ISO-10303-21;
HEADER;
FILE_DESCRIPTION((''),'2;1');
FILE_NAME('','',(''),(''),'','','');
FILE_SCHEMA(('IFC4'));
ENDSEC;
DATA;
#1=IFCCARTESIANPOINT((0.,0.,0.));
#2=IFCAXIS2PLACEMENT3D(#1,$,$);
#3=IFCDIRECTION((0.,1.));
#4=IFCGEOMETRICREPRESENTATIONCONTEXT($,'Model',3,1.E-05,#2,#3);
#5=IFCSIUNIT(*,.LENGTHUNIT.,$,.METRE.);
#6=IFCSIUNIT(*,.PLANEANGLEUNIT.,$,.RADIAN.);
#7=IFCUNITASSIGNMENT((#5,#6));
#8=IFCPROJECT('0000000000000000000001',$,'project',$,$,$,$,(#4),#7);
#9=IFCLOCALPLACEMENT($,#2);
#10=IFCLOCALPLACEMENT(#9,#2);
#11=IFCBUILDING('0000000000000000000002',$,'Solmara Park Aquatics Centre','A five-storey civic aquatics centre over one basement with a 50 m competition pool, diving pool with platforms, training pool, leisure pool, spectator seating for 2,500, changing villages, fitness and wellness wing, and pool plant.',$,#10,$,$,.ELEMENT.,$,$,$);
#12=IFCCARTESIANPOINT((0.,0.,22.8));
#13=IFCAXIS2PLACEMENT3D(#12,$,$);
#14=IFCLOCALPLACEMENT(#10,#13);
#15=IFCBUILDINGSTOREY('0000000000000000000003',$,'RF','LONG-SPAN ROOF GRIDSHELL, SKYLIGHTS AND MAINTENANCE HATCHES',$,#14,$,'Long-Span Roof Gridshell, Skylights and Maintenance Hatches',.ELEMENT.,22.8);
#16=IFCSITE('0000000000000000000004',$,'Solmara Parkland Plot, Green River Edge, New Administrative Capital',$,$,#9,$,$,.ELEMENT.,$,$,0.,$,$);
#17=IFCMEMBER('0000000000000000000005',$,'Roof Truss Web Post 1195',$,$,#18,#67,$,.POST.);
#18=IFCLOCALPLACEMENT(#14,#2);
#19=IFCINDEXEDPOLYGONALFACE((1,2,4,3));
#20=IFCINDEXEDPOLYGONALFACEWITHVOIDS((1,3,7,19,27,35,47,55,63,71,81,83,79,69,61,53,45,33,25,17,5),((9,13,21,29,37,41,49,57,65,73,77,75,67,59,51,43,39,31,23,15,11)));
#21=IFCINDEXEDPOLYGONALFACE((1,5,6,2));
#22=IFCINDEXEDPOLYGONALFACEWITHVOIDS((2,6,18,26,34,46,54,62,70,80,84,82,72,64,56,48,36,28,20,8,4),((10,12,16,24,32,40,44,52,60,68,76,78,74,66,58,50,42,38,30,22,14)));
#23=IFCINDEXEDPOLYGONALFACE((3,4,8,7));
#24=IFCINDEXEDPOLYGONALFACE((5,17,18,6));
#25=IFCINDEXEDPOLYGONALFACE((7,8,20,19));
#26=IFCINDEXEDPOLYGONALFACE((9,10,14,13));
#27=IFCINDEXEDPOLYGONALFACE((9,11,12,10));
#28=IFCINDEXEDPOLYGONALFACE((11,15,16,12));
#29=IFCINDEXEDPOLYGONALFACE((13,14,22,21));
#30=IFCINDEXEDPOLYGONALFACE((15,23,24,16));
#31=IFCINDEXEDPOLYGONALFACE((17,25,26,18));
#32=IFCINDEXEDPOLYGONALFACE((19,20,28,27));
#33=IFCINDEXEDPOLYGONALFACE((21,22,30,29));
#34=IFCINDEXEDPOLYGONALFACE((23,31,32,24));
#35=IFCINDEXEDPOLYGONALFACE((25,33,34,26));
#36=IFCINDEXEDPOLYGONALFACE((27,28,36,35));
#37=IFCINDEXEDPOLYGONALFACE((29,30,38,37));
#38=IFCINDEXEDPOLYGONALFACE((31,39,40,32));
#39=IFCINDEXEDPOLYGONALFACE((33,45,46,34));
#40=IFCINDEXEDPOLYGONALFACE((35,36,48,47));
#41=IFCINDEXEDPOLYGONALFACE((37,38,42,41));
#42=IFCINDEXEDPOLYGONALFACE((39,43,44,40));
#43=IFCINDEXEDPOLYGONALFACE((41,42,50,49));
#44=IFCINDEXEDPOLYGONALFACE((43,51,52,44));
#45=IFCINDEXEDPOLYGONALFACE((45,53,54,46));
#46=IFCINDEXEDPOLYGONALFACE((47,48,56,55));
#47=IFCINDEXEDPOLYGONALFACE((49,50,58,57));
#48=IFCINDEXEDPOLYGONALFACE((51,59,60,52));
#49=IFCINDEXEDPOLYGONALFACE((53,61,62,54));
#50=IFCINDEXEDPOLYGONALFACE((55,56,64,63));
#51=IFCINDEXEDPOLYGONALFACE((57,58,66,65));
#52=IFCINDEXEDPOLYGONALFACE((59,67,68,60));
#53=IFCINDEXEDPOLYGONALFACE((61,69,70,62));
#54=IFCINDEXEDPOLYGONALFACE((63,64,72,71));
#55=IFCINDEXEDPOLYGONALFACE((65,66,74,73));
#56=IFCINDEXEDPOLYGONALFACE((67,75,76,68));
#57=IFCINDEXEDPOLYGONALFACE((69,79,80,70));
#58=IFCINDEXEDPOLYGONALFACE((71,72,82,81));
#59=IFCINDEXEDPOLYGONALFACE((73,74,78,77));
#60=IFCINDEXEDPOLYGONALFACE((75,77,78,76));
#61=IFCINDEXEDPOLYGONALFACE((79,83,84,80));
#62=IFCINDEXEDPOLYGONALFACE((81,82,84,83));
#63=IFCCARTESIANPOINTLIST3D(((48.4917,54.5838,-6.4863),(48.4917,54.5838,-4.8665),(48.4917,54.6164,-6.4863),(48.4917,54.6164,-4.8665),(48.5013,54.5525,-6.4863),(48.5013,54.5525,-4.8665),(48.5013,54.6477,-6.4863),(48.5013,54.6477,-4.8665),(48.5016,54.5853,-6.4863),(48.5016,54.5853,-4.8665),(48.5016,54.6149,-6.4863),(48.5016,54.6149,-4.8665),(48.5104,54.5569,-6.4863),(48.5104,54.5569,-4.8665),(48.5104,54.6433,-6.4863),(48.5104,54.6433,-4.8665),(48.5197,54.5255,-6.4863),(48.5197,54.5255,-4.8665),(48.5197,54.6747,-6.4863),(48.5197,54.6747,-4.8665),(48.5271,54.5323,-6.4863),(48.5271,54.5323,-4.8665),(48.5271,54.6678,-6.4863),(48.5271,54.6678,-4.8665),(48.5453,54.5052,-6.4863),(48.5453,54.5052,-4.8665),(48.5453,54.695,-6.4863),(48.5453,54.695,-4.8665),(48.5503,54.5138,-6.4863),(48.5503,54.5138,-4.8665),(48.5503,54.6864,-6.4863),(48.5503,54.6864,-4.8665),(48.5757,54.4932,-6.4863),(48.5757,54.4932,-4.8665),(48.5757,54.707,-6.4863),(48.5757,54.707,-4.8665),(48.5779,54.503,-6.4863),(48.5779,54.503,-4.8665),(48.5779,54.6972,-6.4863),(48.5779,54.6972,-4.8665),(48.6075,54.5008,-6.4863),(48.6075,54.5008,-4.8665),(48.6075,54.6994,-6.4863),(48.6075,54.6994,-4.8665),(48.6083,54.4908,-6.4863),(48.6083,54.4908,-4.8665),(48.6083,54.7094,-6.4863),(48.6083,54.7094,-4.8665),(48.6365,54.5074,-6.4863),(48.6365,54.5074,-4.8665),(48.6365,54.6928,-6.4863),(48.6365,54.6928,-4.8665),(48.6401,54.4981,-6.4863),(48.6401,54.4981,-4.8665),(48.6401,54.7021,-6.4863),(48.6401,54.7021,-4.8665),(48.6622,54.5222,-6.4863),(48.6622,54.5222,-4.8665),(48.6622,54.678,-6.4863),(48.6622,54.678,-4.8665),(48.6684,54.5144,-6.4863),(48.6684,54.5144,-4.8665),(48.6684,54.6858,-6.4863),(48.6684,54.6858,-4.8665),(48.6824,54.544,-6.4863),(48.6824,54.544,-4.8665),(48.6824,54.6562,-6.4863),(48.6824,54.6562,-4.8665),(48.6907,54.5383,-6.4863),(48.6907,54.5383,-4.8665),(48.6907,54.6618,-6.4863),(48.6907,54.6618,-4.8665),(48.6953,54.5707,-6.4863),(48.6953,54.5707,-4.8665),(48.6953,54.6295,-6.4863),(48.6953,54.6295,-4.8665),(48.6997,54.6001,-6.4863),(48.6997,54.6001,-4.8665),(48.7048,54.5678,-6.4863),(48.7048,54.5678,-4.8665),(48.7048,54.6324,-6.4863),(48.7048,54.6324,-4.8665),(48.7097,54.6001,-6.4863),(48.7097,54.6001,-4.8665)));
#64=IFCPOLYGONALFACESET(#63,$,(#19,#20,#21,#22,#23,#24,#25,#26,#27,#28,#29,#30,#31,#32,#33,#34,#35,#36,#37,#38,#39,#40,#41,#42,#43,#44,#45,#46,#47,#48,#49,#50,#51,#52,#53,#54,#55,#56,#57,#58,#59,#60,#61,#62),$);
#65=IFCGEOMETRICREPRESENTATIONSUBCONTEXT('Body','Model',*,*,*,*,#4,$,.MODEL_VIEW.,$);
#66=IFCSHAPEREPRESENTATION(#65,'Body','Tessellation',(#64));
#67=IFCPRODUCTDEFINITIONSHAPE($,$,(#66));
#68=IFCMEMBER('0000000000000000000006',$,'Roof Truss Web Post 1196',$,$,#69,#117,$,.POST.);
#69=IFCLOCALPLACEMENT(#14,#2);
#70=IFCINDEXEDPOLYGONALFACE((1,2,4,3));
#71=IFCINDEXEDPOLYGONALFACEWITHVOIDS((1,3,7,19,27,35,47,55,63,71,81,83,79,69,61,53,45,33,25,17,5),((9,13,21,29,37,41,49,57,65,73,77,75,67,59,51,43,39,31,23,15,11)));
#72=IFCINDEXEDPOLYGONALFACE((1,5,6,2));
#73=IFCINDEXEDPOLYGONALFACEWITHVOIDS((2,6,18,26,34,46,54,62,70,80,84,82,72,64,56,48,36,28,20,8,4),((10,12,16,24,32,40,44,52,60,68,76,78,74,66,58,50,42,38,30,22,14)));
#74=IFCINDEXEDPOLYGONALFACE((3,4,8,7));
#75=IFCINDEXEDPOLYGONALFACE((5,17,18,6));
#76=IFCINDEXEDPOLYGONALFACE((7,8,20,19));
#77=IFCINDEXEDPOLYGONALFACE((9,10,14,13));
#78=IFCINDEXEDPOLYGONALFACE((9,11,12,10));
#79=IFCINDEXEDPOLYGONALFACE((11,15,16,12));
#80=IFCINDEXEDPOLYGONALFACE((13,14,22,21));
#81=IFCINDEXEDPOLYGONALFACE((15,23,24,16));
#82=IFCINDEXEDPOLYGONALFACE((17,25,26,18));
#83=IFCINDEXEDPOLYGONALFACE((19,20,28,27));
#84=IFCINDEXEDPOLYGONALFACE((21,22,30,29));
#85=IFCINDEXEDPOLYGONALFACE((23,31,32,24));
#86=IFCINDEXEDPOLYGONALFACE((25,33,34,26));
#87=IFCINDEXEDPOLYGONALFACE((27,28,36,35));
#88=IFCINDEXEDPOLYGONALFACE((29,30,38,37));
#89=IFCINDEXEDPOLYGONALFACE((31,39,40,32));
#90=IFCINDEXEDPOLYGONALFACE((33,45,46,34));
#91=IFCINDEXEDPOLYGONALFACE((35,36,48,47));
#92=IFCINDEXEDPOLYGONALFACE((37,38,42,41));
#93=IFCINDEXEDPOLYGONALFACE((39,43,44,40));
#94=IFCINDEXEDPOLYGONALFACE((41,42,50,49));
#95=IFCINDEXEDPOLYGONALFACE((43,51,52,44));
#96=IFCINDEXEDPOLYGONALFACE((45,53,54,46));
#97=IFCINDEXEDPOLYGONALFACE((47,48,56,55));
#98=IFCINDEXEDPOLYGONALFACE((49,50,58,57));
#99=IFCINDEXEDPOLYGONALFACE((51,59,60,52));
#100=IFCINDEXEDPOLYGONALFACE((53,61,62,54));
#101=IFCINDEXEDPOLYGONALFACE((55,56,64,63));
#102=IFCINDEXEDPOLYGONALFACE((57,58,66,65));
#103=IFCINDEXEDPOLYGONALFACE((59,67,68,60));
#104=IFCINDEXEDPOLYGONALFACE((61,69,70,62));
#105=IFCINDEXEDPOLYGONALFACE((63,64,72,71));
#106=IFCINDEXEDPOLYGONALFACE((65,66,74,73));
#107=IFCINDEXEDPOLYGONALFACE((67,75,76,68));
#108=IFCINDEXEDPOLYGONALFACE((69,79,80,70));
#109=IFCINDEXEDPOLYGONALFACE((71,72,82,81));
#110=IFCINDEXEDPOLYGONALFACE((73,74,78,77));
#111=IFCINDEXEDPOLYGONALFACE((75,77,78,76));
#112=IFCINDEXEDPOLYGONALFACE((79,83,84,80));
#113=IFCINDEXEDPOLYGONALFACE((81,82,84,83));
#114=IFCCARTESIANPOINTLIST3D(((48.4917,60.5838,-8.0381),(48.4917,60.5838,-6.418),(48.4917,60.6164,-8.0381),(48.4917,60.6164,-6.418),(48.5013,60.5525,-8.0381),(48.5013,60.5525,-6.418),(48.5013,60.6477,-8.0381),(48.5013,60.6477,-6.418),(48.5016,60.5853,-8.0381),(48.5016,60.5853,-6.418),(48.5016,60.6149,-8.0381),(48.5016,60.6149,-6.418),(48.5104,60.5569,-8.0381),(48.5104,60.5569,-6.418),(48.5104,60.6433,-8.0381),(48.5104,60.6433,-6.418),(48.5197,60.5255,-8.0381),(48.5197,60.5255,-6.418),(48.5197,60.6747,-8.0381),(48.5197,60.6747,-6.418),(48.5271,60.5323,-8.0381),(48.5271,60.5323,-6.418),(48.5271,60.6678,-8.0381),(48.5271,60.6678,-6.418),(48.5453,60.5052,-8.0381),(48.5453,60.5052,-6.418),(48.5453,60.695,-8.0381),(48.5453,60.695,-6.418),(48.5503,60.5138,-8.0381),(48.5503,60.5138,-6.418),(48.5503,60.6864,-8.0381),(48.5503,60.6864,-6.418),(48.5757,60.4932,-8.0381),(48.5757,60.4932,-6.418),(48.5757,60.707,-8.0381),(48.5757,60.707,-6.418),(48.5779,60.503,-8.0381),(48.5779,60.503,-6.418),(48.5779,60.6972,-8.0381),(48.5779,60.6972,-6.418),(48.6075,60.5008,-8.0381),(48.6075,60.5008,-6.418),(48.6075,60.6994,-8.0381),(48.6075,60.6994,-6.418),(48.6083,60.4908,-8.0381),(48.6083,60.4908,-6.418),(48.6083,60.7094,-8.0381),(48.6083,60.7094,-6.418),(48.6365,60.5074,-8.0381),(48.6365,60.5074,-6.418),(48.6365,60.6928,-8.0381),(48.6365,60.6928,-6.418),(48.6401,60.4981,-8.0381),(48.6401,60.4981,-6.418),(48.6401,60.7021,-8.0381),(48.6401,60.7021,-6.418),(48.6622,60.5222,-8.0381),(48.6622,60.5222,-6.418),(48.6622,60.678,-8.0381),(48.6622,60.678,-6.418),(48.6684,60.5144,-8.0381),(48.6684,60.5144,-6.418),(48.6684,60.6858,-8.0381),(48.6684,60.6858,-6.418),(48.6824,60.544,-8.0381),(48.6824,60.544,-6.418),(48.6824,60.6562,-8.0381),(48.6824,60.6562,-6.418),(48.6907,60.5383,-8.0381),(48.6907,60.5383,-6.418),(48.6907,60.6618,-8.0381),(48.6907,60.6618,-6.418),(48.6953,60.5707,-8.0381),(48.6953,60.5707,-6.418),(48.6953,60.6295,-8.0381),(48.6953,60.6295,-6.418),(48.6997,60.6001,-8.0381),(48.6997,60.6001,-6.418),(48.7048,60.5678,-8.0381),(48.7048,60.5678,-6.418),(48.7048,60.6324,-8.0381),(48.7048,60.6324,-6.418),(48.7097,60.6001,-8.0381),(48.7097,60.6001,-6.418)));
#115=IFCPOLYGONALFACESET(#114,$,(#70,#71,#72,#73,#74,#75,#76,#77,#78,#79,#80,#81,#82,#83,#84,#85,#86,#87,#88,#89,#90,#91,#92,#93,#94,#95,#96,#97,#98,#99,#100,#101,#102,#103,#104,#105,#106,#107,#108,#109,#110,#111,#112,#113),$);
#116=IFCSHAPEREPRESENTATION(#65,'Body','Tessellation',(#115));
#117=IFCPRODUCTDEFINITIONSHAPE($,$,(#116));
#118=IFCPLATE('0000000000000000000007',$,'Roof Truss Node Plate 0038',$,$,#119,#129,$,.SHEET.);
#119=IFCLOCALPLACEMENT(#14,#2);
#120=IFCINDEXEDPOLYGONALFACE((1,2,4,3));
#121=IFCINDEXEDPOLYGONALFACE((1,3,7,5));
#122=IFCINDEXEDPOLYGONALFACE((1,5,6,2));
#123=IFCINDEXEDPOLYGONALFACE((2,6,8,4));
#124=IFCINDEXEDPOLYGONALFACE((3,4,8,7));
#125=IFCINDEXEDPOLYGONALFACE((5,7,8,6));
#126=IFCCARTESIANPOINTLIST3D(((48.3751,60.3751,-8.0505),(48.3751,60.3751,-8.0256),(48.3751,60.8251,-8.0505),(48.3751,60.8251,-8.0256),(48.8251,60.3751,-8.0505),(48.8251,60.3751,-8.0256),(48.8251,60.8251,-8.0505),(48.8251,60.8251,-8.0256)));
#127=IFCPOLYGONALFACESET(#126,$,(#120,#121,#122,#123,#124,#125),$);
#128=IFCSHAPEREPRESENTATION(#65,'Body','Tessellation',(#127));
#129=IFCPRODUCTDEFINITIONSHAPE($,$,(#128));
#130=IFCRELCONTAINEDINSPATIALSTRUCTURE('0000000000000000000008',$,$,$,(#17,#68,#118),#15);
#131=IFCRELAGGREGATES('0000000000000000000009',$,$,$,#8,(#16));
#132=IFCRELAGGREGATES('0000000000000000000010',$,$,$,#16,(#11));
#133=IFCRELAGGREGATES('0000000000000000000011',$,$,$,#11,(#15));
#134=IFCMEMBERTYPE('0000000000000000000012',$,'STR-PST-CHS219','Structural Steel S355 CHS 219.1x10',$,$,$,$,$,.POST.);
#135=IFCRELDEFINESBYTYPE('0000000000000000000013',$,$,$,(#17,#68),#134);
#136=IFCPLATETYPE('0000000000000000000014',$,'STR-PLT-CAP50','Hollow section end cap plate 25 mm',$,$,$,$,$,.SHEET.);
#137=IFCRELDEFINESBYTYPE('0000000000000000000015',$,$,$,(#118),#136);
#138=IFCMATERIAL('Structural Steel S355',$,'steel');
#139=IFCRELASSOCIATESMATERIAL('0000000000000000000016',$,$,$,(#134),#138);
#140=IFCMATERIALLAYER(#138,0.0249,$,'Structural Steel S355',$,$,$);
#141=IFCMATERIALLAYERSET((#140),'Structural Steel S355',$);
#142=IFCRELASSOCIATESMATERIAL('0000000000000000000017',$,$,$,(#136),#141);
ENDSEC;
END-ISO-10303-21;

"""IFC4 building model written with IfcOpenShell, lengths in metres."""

from ifc_helpers import new_model, si_unit, direction, frame, origin, origin_2d, place, context, subcontext, project, spatial, rectangle, hollow_circle, extrude, material, layer, layer_set, material_profile, profile_set, type_object, element, save


model = new_model("IFC4")

# Units and contexts
model_context = context("Model", 3, precision=1e-05, world=origin(), true_north=direction((0.0, 1.0)))
body_context = subcontext(model_context, "Body", "Model", "MODEL_VIEW")
ifc_project = project(units=[si_unit("LENGTHUNIT", "METRE"), si_unit("PLANEANGLEUNIT", "RADIAN")], contexts=[model_context])

# Site, building, storey
site_placement = place(None, origin())
site = spatial("IfcSite", under=ifc_project, at=site_placement, Name="Solmara Parkland Plot, Green River Edge, New Administrative Capital", CompositionType="ELEMENT", RefElevation=0.0)
building_placement = place(site_placement, origin())
building = spatial("IfcBuilding", under=site, at=building_placement, Name="Solmara Park Aquatics Centre", Description="A five-storey civic aquatics centre over one basement with a 50 m competition pool, diving pool with platforms, training pool, leisure pool, spectator seating for 2,500, changing villages, fitness and wellness wing, and pool plant.", CompositionType="ELEMENT")
storey_placement = place(building_placement, frame((0.0, 0.0, 22.8)))
storey = spatial("IfcBuildingStorey", under=building, at=storey_placement, Name="RF", Description="LONG-SPAN ROOF GRIDSHELL, SKYLIGHTS AND MAINTENANCE HATCHES", LongName="Long-Span Roof Gridshell, Skylights and Maintenance Hatches", CompositionType="ELEMENT", Elevation=22.8)

# Members
ifc_material_1 = material(Name="Structural Steel S355", Category="steel")
ifc_material_profile_1 = material_profile(ifc_material_1, hollow_circle(Radius=0.1096, WallThickness=0.01, at=origin_2d()), Name="CHS 219.1x10")
ifc_profile_set_1 = profile_set([ifc_material_profile_1], Name="Structural Steel S355")
member_type_1 = type_object("IfcMemberType", Name="STR-PST-CHS219", Description="Structural Steel S355 CHS 219.1x10", PredefinedType="POST", material=ifc_profile_set_1)
member_1_placement = place(storey_placement, frame((48.6001, 54.6001, -6.4863), z_axis=(0.0, 0.0, 1.0), x_axis=(1.0, 0.0, 0.0)))
element("IfcMember", 1, at=member_1_placement, inside=storey, type_object=member_type_1, Name="Roof Truss Web Post 1195", PredefinedType="POST", context=body_context, shape_type="SweptSolid", body=[
    extrude(hollow_circle(Radius=0.1096, WallThickness=0.01, at=origin_2d()), origin(), (0.0, 0.0, 1.0), 1.6199),
])
member_2_placement = place(storey_placement, frame((48.6001, 60.6001, -8.0381), z_axis=(0.0, 0.0, 1.0), x_axis=(1.0, 0.0, 0.0)))
element("IfcMember", 2, at=member_2_placement, inside=storey, type_object=member_type_1, Name="Roof Truss Web Post 1196", PredefinedType="POST", context=body_context, shape_type="SweptSolid", body=[
    extrude(hollow_circle(Radius=0.1096, WallThickness=0.01, at=origin_2d()), origin(), (0.0, 0.0, 1.0), 1.6201),
])

# Plate
ifc_layer = layer(ifc_material_1, 0.0249, Name="Structural Steel S355")
ifc_layer_set = layer_set([ifc_layer], Name="Structural Steel S355")
plate_type = type_object("IfcPlateType", Name="STR-PLT-CAP50", Description="Hollow section end cap plate 25 mm", PredefinedType="SHEET", material=ifc_layer_set)
plate_placement = place(storey_placement, frame((48.6001, 60.6001, -8.0505), z_axis=(0.0, 0.0, 1.0), x_axis=(1.0, 0.0, 0.0)))
element("IfcPlate", 3, at=plate_placement, inside=storey, type_object=plate_type, Name="Roof Truss Node Plate 0038", PredefinedType="SHEET", context=body_context, shape_type="SweptSolid", body=[
    extrude(rectangle(XDim=0.45, YDim=0.45, at=origin_2d()), origin(), (0.0, 0.0, 1.0), 0.0249),
])

save(model, "model.ifc")
